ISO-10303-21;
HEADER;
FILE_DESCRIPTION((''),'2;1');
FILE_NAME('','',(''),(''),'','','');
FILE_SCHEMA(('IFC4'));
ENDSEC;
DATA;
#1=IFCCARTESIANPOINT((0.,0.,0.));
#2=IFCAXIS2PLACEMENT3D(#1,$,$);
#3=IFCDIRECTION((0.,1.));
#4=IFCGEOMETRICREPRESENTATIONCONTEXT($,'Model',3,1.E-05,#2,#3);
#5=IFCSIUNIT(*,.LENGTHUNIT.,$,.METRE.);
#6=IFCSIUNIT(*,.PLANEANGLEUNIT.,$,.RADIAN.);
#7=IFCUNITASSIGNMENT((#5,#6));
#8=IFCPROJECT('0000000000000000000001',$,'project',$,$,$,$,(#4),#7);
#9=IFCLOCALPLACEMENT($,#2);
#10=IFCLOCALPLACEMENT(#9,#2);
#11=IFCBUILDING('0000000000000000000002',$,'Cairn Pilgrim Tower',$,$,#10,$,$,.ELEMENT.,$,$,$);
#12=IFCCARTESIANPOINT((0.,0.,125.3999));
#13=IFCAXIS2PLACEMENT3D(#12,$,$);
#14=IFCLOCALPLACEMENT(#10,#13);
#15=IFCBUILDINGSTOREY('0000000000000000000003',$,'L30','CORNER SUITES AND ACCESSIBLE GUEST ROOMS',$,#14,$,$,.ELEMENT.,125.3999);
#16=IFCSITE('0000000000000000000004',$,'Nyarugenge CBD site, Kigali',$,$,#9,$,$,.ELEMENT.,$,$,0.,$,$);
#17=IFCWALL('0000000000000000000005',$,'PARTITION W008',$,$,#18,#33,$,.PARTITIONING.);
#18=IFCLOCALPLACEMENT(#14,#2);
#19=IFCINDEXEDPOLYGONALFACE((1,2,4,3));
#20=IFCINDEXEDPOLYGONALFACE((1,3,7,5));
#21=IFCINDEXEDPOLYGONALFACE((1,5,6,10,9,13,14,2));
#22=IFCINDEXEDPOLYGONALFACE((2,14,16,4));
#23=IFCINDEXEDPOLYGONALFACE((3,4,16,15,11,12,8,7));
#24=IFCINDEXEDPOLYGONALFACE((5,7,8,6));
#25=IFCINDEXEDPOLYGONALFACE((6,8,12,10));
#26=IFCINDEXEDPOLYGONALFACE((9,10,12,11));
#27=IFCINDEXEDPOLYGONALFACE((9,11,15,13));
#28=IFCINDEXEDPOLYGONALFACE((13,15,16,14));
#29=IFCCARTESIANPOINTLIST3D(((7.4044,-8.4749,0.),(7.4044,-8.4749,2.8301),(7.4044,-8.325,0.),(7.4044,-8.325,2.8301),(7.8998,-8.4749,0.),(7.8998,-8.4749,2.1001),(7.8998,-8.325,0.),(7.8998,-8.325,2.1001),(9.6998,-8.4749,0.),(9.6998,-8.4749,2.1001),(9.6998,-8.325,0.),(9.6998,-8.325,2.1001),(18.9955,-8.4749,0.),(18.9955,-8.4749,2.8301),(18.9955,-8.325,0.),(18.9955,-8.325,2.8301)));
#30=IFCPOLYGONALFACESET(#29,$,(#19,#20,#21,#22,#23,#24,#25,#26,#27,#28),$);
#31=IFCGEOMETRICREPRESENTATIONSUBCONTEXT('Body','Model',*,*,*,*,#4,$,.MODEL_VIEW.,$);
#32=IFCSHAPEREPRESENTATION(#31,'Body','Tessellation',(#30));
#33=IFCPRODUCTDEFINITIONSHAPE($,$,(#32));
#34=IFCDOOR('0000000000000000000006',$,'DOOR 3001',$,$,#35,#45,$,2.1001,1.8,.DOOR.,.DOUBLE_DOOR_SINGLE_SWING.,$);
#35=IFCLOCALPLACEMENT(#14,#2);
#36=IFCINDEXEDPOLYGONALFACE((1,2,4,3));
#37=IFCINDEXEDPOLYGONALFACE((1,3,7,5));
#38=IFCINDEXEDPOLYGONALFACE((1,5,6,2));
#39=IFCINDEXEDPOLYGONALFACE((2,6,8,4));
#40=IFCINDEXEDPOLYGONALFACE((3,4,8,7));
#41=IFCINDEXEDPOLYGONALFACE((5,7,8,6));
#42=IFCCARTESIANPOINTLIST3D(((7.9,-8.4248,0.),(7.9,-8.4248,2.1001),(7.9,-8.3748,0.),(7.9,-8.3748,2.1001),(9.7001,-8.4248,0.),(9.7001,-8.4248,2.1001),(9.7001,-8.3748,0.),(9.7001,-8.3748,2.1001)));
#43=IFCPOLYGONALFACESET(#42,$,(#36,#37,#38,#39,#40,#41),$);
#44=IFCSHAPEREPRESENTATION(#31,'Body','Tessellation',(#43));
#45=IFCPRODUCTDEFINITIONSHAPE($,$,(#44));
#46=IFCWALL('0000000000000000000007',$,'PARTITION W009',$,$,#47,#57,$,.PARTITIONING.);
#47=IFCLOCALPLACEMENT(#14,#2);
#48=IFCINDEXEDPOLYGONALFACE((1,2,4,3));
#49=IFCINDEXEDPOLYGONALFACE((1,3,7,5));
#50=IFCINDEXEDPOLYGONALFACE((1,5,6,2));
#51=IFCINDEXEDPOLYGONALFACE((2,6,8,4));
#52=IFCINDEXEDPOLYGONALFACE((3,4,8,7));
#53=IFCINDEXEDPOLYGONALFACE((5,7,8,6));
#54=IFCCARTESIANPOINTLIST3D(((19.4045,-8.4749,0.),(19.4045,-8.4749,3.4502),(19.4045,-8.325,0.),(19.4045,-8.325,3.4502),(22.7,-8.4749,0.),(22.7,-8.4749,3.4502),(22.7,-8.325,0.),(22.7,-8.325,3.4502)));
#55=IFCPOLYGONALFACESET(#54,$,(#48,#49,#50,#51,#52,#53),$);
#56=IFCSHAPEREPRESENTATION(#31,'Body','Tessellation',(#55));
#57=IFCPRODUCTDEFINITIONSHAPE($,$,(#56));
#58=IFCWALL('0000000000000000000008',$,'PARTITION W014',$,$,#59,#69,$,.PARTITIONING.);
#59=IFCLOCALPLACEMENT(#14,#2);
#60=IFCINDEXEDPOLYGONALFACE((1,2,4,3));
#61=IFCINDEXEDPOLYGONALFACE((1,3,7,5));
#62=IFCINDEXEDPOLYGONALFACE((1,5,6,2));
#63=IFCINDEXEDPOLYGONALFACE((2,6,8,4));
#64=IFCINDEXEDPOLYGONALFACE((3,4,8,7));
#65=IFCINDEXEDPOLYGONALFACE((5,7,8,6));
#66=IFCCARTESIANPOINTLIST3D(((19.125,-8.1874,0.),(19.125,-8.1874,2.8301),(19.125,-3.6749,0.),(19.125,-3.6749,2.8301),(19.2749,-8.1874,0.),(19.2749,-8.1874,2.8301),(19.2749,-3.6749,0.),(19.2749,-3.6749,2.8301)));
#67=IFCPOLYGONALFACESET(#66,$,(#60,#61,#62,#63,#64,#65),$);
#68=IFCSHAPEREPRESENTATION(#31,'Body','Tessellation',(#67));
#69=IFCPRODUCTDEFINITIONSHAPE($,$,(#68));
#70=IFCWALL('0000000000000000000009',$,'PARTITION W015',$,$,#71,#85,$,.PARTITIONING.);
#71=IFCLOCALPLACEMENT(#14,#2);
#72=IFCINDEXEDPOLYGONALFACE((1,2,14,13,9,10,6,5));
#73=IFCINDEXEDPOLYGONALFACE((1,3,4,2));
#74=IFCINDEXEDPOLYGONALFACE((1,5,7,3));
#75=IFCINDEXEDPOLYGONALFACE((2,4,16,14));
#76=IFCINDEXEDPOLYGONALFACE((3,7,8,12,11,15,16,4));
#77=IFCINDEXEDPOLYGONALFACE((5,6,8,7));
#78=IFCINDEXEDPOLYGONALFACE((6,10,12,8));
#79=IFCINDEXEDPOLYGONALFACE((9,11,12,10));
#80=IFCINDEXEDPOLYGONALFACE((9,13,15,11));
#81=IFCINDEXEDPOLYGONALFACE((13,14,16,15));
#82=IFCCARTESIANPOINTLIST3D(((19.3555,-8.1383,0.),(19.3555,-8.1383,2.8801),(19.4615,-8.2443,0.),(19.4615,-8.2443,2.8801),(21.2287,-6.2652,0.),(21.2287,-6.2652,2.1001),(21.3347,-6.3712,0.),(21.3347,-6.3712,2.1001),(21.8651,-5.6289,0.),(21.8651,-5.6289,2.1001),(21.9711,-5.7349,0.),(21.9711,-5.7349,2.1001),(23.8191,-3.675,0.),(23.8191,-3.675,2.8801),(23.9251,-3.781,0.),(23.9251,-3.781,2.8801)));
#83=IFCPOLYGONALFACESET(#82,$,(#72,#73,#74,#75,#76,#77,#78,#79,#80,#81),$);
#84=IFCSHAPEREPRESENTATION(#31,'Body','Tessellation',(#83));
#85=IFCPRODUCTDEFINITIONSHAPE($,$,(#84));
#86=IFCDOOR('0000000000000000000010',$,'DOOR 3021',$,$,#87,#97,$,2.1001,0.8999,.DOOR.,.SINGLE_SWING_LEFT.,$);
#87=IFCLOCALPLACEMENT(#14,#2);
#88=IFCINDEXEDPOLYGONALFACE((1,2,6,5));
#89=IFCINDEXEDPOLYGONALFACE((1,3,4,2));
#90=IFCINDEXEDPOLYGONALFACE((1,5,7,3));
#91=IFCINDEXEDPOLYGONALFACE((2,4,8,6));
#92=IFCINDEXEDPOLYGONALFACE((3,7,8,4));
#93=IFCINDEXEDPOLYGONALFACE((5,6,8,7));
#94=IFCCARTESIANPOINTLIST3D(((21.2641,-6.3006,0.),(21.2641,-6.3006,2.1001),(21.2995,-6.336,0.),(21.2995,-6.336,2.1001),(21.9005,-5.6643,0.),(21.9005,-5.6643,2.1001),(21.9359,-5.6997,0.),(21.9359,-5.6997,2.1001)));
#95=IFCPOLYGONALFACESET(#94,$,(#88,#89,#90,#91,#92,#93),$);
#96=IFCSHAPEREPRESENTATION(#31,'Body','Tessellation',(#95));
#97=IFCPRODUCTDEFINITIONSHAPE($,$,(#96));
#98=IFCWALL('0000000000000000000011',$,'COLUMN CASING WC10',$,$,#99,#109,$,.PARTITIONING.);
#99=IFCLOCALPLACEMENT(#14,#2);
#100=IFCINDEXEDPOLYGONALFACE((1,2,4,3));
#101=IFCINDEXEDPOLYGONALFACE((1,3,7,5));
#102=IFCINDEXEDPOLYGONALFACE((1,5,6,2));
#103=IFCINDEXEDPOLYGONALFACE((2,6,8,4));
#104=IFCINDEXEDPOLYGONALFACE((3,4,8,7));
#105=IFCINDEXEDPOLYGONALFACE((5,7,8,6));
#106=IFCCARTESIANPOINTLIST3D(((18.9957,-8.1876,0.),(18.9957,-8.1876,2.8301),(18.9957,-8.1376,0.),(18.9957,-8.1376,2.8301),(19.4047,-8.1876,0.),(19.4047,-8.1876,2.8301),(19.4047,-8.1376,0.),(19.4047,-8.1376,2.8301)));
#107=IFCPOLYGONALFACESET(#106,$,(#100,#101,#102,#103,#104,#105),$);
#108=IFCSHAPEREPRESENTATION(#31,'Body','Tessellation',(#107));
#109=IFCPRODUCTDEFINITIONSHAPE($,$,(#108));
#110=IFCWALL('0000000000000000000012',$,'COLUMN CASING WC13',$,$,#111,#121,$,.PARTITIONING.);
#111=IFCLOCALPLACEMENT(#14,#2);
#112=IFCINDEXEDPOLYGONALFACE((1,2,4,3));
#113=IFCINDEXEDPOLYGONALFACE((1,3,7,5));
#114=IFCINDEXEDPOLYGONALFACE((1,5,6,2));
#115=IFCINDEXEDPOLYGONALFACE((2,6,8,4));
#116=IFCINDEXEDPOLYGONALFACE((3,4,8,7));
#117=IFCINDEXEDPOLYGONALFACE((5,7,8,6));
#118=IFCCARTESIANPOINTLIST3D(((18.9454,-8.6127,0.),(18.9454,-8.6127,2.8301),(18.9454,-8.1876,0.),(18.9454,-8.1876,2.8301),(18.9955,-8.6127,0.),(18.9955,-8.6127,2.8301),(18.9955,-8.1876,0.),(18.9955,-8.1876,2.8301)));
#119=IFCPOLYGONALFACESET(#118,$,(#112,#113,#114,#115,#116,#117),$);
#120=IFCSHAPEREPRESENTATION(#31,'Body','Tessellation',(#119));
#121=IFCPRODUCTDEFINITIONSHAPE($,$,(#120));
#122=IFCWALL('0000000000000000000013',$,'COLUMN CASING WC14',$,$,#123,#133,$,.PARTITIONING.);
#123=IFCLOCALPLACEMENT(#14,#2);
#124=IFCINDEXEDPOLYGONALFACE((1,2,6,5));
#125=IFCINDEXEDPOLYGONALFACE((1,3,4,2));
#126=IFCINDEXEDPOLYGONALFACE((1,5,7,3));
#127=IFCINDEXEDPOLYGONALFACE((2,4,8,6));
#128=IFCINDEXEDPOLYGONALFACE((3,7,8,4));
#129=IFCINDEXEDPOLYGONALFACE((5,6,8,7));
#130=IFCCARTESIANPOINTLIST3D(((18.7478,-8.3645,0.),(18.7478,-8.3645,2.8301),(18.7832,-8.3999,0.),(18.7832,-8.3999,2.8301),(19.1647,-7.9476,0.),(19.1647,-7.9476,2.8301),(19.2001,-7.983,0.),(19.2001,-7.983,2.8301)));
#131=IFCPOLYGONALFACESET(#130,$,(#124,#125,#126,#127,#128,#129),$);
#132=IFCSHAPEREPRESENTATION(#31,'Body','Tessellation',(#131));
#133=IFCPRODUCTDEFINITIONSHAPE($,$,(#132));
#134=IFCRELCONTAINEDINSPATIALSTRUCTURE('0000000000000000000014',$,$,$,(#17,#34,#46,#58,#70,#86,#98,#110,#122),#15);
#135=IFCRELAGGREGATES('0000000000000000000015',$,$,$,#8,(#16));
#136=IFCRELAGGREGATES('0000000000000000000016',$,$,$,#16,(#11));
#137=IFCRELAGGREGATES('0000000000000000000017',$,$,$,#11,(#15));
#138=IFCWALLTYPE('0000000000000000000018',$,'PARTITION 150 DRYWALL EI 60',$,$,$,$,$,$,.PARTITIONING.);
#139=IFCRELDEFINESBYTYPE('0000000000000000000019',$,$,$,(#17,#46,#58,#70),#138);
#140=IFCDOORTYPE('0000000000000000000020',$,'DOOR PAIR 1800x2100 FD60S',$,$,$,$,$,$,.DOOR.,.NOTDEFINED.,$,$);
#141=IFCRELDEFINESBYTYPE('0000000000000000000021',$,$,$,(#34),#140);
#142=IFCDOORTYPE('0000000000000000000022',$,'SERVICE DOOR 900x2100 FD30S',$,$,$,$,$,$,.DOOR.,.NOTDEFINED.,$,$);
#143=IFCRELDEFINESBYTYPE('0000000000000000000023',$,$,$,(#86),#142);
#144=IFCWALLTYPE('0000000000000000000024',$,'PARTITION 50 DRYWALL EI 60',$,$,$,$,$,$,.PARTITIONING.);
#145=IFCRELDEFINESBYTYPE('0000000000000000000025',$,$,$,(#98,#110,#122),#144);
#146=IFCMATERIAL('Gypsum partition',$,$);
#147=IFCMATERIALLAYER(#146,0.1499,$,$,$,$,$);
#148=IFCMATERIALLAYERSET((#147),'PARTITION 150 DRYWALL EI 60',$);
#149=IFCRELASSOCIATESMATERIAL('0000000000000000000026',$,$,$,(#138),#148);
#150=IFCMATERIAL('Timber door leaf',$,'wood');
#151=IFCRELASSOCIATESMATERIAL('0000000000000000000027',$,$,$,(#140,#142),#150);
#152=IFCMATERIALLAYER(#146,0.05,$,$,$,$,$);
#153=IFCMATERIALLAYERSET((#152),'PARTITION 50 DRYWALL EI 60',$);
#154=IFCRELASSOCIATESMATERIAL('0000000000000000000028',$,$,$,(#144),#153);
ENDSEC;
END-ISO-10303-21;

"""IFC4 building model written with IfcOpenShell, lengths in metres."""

from ifc_helpers import new_model, si_unit, direction, frame, frame_2d, origin, place, context, subcontext, project, spatial, rectangle, extrude, material, layer, layer_set, type_object, element, fill, save


model = new_model("IFC4")

# Units and contexts
model_context = context("Model", 3, precision=1e-05, world=origin(), true_north=direction((0.0, 1.0)))
body_context = subcontext(model_context, "Body", "Model", "MODEL_VIEW")
ifc_project = project(units=[si_unit("LENGTHUNIT", "METRE"), si_unit("PLANEANGLEUNIT", "RADIAN")], contexts=[model_context])

# Site, building, storey
site_placement = place(None, origin())
site = spatial("IfcSite", under=ifc_project, at=site_placement, Name="Nyarugenge CBD site, Kigali", CompositionType="ELEMENT", RefElevation=0.0)
building_placement = place(site_placement, origin())
building = spatial("IfcBuilding", under=site, at=building_placement, Name="Cairn Pilgrim Tower", CompositionType="ELEMENT")
storey_placement = place(building_placement, frame((0.0, 0.0, 125.3999)))
storey = spatial("IfcBuildingStorey", under=building, at=storey_placement, Name="L30", Description="CORNER SUITES AND ACCESSIBLE GUEST ROOMS", CompositionType="ELEMENT", Elevation=125.3999)

# Wall, opening, door
ifc_material_1 = material(Name="Gypsum partition")
ifc_layer_1 = layer(ifc_material_1, 0.1499)
ifc_layer_set_1 = layer_set([ifc_layer_1], Name="PARTITION 150 DRYWALL EI 60")
wall_type_1 = type_object("IfcWallType", Name="PARTITION 150 DRYWALL EI 60", PredefinedType="PARTITIONING", material=ifc_layer_set_1)
wall_1_placement = place(storey_placement, frame((7.4045, -8.3999, 0.0), z_axis=(0.0, 0.0, 1.0), x_axis=(1.0, 0.0, 0.0)))
wall_1 = element("IfcWall", 1, at=wall_1_placement, inside=storey, type_object=wall_type_1, Name="PARTITION W008", PredefinedType="PARTITIONING", context=body_context, shape_type="SweptSolid", body=[
    extrude(rectangle(XDim=11.5911, YDim=0.1499, at=frame_2d((5.7954, 0.0))), origin(), (0.0, 0.0, 1.0), 2.8301),
])
opening_1_placement = place(wall_1_placement, frame((0.4954, 0.0, 0.0)))
opening_1 = element("IfcOpeningElement", 2, at=opening_1_placement, cuts=wall_1, PredefinedType="OPENING", context=body_context, shape_type="SweptSolid", body=[
    extrude(rectangle(XDim=1.8, YDim=2.1001, at=frame_2d((0.8999, 1.05))), frame((0.0, 0.085, 0.0), z_axis=(0.0, -1.0, 0.0), x_axis=(1.0, 0.0, 0.0)), (0.0, 0.0, 1.0), 0.1699),
])
ifc_material_2 = material(Name="Timber door leaf", Category="wood")
door_type_1 = type_object("IfcDoorType", Name="DOOR PAIR 1800x2100 FD60S", OperationType="NOTDEFINED", PredefinedType="DOOR", material=ifc_material_2)
door_1_placement = place(opening_1_placement, frame((1.8, 0.0, 0.0), z_axis=(0.0, 0.0, 1.0), x_axis=(-1.0, 0.0, 0.0)))
door_1 = element("IfcDoor", 3, at=door_1_placement, inside=storey, type_object=door_type_1, Name="DOOR 3001", OperationType="DOUBLE_DOOR_SINGLE_SWING", OverallHeight=2.1001, OverallWidth=1.8, PredefinedType="DOOR", context=body_context, shape_type="SweptSolid", body=[
    extrude(rectangle(XDim=1.8, YDim=2.1001, at=frame_2d((0.8999, 1.05))), frame((0.0, 0.0249, 0.0), z_axis=(0.0, -1.0, 0.0), x_axis=(1.0, 0.0, 0.0)), (0.0, 0.0, 1.0), 0.05),
])
fill(opening_1, door_1)

# Walls
wall_2_placement = place(storey_placement, frame((19.4045, -8.3999, 0.0), z_axis=(0.0, 0.0, 1.0), x_axis=(1.0, 0.0, 0.0)))
element("IfcWall", 4, at=wall_2_placement, inside=storey, type_object=wall_type_1, Name="PARTITION W009", PredefinedType="PARTITIONING", context=body_context, shape_type="SweptSolid", body=[
    extrude(rectangle(XDim=3.2954, YDim=0.1499, at=frame_2d((1.6477, 0.0))), origin(), (0.0, 0.0, 1.0), 3.4502),
])
wall_3_placement = place(storey_placement, frame((19.2, -8.1875, 0.0), z_axis=(0.0, 0.0, 1.0), x_axis=(0.0, 1.0, 0.0)))
element("IfcWall", 5, at=wall_3_placement, inside=storey, type_object=wall_type_1, Name="PARTITION W014", PredefinedType="PARTITIONING", context=body_context, shape_type="SweptSolid", body=[
    extrude(rectangle(XDim=4.5125, YDim=0.1499, at=frame_2d((2.2563, 0.0))), origin(), (0.0, 0.0, 1.0), 2.8301),
])

# Wall, opening, door
wall_4_placement = place(storey_placement, frame((19.4084, -8.1914, 0.0), z_axis=(0.0, 0.0, 1.0), x_axis=(0.707126, 0.707087, 0.0)))
wall_4 = element("IfcWall", 6, at=wall_4_placement, inside=storey, type_object=wall_type_1, Name="PARTITION W015", PredefinedType="PARTITIONING", context=body_context, shape_type="SweptSolid", body=[
    extrude(rectangle(XDim=6.3123, YDim=0.1499, at=frame_2d((3.1562, 0.0))), origin(), (0.0, 0.0, 1.0), 2.8801),
])
opening_2_placement = place(wall_4_placement, frame((2.6492, 0.0, 0.0)))
opening_2 = element("IfcOpeningElement", 7, at=opening_2_placement, cuts=wall_4, PredefinedType="OPENING", context=body_context, shape_type="SweptSolid", body=[
    extrude(rectangle(XDim=0.8999, YDim=2.1001, at=frame_2d((0.45, 1.05))), frame((0.0, 0.085, 0.0), z_axis=(0.0, -1.0, 0.0), x_axis=(1.0, 0.0, 0.0)), (0.0, 0.0, 1.0), 0.1699),
])
door_type_2 = type_object("IfcDoorType", Name="SERVICE DOOR 900x2100 FD30S", OperationType="NOTDEFINED", PredefinedType="DOOR", material=ifc_material_2)
door_2_placement = place(opening_2_placement, origin())
door_2 = element("IfcDoor", 8, at=door_2_placement, inside=storey, type_object=door_type_2, Name="DOOR 3021", OperationType="SINGLE_SWING_LEFT", OverallHeight=2.1001, OverallWidth=0.8999, PredefinedType="DOOR", context=body_context, shape_type="SweptSolid", body=[
    extrude(rectangle(XDim=0.8999, YDim=2.1001, at=frame_2d((0.45, 1.05))), frame((0.0, 0.0249, 0.0), z_axis=(0.0, -1.0, 0.0), x_axis=(1.0, 0.0, 0.0)), (0.0, 0.0, 1.0), 0.05),
])
fill(opening_2, door_2)

# Walls
ifc_layer_2 = layer(ifc_material_1, 0.05)
ifc_layer_set_2 = layer_set([ifc_layer_2], Name="PARTITION 50 DRYWALL EI 60")
wall_type_2 = type_object("IfcWallType", Name="PARTITION 50 DRYWALL EI 60", PredefinedType="PARTITIONING", material=ifc_layer_set_2)
wall_5_placement = place(storey_placement, frame((18.9956, -8.1626, 0.0), z_axis=(0.0, 0.0, 1.0), x_axis=(1.0, 0.0, 0.0)))
element("IfcWall", 9, at=wall_5_placement, inside=storey, type_object=wall_type_2, Name="COLUMN CASING WC10", PredefinedType="PARTITIONING", context=body_context, shape_type="SweptSolid", body=[
    extrude(rectangle(XDim=0.4089, YDim=0.05, at=frame_2d((0.2046, 0.0))), origin(), (0.0, 0.0, 1.0), 2.8301),
])
wall_6_placement = place(storey_placement, frame((18.9705, -8.6125, 0.0), z_axis=(0.0, 0.0, 1.0), x_axis=(0.0, 1.0, 0.0)))
element("IfcWall", 10, at=wall_6_placement, inside=storey, type_object=wall_type_2, Name="COLUMN CASING WC13", PredefinedType="PARTITIONING", context=body_context, shape_type="SweptSolid", body=[
    extrude(rectangle(XDim=0.425, YDim=0.05, at=frame_2d((0.2124, 0.0))), origin(), (0.0, 0.0, 1.0), 2.8301),
])
wall_7_placement = place(storey_placement, frame((18.7654, -8.3823, 0.0), z_axis=(0.0, 0.0, 1.0), x_axis=(0.707107, 0.707107, 0.0)))
element("IfcWall", 11, at=wall_7_placement, inside=storey, type_object=wall_type_2, Name="COLUMN CASING WC14", PredefinedType="PARTITIONING", context=body_context, shape_type="SweptSolid", body=[
    extrude(rectangle(XDim=0.5896, YDim=0.05, at=frame_2d((0.2949, 0.0))), origin(), (0.0, 0.0, 1.0), 2.8301),
])

save(model, "model.ifc")
